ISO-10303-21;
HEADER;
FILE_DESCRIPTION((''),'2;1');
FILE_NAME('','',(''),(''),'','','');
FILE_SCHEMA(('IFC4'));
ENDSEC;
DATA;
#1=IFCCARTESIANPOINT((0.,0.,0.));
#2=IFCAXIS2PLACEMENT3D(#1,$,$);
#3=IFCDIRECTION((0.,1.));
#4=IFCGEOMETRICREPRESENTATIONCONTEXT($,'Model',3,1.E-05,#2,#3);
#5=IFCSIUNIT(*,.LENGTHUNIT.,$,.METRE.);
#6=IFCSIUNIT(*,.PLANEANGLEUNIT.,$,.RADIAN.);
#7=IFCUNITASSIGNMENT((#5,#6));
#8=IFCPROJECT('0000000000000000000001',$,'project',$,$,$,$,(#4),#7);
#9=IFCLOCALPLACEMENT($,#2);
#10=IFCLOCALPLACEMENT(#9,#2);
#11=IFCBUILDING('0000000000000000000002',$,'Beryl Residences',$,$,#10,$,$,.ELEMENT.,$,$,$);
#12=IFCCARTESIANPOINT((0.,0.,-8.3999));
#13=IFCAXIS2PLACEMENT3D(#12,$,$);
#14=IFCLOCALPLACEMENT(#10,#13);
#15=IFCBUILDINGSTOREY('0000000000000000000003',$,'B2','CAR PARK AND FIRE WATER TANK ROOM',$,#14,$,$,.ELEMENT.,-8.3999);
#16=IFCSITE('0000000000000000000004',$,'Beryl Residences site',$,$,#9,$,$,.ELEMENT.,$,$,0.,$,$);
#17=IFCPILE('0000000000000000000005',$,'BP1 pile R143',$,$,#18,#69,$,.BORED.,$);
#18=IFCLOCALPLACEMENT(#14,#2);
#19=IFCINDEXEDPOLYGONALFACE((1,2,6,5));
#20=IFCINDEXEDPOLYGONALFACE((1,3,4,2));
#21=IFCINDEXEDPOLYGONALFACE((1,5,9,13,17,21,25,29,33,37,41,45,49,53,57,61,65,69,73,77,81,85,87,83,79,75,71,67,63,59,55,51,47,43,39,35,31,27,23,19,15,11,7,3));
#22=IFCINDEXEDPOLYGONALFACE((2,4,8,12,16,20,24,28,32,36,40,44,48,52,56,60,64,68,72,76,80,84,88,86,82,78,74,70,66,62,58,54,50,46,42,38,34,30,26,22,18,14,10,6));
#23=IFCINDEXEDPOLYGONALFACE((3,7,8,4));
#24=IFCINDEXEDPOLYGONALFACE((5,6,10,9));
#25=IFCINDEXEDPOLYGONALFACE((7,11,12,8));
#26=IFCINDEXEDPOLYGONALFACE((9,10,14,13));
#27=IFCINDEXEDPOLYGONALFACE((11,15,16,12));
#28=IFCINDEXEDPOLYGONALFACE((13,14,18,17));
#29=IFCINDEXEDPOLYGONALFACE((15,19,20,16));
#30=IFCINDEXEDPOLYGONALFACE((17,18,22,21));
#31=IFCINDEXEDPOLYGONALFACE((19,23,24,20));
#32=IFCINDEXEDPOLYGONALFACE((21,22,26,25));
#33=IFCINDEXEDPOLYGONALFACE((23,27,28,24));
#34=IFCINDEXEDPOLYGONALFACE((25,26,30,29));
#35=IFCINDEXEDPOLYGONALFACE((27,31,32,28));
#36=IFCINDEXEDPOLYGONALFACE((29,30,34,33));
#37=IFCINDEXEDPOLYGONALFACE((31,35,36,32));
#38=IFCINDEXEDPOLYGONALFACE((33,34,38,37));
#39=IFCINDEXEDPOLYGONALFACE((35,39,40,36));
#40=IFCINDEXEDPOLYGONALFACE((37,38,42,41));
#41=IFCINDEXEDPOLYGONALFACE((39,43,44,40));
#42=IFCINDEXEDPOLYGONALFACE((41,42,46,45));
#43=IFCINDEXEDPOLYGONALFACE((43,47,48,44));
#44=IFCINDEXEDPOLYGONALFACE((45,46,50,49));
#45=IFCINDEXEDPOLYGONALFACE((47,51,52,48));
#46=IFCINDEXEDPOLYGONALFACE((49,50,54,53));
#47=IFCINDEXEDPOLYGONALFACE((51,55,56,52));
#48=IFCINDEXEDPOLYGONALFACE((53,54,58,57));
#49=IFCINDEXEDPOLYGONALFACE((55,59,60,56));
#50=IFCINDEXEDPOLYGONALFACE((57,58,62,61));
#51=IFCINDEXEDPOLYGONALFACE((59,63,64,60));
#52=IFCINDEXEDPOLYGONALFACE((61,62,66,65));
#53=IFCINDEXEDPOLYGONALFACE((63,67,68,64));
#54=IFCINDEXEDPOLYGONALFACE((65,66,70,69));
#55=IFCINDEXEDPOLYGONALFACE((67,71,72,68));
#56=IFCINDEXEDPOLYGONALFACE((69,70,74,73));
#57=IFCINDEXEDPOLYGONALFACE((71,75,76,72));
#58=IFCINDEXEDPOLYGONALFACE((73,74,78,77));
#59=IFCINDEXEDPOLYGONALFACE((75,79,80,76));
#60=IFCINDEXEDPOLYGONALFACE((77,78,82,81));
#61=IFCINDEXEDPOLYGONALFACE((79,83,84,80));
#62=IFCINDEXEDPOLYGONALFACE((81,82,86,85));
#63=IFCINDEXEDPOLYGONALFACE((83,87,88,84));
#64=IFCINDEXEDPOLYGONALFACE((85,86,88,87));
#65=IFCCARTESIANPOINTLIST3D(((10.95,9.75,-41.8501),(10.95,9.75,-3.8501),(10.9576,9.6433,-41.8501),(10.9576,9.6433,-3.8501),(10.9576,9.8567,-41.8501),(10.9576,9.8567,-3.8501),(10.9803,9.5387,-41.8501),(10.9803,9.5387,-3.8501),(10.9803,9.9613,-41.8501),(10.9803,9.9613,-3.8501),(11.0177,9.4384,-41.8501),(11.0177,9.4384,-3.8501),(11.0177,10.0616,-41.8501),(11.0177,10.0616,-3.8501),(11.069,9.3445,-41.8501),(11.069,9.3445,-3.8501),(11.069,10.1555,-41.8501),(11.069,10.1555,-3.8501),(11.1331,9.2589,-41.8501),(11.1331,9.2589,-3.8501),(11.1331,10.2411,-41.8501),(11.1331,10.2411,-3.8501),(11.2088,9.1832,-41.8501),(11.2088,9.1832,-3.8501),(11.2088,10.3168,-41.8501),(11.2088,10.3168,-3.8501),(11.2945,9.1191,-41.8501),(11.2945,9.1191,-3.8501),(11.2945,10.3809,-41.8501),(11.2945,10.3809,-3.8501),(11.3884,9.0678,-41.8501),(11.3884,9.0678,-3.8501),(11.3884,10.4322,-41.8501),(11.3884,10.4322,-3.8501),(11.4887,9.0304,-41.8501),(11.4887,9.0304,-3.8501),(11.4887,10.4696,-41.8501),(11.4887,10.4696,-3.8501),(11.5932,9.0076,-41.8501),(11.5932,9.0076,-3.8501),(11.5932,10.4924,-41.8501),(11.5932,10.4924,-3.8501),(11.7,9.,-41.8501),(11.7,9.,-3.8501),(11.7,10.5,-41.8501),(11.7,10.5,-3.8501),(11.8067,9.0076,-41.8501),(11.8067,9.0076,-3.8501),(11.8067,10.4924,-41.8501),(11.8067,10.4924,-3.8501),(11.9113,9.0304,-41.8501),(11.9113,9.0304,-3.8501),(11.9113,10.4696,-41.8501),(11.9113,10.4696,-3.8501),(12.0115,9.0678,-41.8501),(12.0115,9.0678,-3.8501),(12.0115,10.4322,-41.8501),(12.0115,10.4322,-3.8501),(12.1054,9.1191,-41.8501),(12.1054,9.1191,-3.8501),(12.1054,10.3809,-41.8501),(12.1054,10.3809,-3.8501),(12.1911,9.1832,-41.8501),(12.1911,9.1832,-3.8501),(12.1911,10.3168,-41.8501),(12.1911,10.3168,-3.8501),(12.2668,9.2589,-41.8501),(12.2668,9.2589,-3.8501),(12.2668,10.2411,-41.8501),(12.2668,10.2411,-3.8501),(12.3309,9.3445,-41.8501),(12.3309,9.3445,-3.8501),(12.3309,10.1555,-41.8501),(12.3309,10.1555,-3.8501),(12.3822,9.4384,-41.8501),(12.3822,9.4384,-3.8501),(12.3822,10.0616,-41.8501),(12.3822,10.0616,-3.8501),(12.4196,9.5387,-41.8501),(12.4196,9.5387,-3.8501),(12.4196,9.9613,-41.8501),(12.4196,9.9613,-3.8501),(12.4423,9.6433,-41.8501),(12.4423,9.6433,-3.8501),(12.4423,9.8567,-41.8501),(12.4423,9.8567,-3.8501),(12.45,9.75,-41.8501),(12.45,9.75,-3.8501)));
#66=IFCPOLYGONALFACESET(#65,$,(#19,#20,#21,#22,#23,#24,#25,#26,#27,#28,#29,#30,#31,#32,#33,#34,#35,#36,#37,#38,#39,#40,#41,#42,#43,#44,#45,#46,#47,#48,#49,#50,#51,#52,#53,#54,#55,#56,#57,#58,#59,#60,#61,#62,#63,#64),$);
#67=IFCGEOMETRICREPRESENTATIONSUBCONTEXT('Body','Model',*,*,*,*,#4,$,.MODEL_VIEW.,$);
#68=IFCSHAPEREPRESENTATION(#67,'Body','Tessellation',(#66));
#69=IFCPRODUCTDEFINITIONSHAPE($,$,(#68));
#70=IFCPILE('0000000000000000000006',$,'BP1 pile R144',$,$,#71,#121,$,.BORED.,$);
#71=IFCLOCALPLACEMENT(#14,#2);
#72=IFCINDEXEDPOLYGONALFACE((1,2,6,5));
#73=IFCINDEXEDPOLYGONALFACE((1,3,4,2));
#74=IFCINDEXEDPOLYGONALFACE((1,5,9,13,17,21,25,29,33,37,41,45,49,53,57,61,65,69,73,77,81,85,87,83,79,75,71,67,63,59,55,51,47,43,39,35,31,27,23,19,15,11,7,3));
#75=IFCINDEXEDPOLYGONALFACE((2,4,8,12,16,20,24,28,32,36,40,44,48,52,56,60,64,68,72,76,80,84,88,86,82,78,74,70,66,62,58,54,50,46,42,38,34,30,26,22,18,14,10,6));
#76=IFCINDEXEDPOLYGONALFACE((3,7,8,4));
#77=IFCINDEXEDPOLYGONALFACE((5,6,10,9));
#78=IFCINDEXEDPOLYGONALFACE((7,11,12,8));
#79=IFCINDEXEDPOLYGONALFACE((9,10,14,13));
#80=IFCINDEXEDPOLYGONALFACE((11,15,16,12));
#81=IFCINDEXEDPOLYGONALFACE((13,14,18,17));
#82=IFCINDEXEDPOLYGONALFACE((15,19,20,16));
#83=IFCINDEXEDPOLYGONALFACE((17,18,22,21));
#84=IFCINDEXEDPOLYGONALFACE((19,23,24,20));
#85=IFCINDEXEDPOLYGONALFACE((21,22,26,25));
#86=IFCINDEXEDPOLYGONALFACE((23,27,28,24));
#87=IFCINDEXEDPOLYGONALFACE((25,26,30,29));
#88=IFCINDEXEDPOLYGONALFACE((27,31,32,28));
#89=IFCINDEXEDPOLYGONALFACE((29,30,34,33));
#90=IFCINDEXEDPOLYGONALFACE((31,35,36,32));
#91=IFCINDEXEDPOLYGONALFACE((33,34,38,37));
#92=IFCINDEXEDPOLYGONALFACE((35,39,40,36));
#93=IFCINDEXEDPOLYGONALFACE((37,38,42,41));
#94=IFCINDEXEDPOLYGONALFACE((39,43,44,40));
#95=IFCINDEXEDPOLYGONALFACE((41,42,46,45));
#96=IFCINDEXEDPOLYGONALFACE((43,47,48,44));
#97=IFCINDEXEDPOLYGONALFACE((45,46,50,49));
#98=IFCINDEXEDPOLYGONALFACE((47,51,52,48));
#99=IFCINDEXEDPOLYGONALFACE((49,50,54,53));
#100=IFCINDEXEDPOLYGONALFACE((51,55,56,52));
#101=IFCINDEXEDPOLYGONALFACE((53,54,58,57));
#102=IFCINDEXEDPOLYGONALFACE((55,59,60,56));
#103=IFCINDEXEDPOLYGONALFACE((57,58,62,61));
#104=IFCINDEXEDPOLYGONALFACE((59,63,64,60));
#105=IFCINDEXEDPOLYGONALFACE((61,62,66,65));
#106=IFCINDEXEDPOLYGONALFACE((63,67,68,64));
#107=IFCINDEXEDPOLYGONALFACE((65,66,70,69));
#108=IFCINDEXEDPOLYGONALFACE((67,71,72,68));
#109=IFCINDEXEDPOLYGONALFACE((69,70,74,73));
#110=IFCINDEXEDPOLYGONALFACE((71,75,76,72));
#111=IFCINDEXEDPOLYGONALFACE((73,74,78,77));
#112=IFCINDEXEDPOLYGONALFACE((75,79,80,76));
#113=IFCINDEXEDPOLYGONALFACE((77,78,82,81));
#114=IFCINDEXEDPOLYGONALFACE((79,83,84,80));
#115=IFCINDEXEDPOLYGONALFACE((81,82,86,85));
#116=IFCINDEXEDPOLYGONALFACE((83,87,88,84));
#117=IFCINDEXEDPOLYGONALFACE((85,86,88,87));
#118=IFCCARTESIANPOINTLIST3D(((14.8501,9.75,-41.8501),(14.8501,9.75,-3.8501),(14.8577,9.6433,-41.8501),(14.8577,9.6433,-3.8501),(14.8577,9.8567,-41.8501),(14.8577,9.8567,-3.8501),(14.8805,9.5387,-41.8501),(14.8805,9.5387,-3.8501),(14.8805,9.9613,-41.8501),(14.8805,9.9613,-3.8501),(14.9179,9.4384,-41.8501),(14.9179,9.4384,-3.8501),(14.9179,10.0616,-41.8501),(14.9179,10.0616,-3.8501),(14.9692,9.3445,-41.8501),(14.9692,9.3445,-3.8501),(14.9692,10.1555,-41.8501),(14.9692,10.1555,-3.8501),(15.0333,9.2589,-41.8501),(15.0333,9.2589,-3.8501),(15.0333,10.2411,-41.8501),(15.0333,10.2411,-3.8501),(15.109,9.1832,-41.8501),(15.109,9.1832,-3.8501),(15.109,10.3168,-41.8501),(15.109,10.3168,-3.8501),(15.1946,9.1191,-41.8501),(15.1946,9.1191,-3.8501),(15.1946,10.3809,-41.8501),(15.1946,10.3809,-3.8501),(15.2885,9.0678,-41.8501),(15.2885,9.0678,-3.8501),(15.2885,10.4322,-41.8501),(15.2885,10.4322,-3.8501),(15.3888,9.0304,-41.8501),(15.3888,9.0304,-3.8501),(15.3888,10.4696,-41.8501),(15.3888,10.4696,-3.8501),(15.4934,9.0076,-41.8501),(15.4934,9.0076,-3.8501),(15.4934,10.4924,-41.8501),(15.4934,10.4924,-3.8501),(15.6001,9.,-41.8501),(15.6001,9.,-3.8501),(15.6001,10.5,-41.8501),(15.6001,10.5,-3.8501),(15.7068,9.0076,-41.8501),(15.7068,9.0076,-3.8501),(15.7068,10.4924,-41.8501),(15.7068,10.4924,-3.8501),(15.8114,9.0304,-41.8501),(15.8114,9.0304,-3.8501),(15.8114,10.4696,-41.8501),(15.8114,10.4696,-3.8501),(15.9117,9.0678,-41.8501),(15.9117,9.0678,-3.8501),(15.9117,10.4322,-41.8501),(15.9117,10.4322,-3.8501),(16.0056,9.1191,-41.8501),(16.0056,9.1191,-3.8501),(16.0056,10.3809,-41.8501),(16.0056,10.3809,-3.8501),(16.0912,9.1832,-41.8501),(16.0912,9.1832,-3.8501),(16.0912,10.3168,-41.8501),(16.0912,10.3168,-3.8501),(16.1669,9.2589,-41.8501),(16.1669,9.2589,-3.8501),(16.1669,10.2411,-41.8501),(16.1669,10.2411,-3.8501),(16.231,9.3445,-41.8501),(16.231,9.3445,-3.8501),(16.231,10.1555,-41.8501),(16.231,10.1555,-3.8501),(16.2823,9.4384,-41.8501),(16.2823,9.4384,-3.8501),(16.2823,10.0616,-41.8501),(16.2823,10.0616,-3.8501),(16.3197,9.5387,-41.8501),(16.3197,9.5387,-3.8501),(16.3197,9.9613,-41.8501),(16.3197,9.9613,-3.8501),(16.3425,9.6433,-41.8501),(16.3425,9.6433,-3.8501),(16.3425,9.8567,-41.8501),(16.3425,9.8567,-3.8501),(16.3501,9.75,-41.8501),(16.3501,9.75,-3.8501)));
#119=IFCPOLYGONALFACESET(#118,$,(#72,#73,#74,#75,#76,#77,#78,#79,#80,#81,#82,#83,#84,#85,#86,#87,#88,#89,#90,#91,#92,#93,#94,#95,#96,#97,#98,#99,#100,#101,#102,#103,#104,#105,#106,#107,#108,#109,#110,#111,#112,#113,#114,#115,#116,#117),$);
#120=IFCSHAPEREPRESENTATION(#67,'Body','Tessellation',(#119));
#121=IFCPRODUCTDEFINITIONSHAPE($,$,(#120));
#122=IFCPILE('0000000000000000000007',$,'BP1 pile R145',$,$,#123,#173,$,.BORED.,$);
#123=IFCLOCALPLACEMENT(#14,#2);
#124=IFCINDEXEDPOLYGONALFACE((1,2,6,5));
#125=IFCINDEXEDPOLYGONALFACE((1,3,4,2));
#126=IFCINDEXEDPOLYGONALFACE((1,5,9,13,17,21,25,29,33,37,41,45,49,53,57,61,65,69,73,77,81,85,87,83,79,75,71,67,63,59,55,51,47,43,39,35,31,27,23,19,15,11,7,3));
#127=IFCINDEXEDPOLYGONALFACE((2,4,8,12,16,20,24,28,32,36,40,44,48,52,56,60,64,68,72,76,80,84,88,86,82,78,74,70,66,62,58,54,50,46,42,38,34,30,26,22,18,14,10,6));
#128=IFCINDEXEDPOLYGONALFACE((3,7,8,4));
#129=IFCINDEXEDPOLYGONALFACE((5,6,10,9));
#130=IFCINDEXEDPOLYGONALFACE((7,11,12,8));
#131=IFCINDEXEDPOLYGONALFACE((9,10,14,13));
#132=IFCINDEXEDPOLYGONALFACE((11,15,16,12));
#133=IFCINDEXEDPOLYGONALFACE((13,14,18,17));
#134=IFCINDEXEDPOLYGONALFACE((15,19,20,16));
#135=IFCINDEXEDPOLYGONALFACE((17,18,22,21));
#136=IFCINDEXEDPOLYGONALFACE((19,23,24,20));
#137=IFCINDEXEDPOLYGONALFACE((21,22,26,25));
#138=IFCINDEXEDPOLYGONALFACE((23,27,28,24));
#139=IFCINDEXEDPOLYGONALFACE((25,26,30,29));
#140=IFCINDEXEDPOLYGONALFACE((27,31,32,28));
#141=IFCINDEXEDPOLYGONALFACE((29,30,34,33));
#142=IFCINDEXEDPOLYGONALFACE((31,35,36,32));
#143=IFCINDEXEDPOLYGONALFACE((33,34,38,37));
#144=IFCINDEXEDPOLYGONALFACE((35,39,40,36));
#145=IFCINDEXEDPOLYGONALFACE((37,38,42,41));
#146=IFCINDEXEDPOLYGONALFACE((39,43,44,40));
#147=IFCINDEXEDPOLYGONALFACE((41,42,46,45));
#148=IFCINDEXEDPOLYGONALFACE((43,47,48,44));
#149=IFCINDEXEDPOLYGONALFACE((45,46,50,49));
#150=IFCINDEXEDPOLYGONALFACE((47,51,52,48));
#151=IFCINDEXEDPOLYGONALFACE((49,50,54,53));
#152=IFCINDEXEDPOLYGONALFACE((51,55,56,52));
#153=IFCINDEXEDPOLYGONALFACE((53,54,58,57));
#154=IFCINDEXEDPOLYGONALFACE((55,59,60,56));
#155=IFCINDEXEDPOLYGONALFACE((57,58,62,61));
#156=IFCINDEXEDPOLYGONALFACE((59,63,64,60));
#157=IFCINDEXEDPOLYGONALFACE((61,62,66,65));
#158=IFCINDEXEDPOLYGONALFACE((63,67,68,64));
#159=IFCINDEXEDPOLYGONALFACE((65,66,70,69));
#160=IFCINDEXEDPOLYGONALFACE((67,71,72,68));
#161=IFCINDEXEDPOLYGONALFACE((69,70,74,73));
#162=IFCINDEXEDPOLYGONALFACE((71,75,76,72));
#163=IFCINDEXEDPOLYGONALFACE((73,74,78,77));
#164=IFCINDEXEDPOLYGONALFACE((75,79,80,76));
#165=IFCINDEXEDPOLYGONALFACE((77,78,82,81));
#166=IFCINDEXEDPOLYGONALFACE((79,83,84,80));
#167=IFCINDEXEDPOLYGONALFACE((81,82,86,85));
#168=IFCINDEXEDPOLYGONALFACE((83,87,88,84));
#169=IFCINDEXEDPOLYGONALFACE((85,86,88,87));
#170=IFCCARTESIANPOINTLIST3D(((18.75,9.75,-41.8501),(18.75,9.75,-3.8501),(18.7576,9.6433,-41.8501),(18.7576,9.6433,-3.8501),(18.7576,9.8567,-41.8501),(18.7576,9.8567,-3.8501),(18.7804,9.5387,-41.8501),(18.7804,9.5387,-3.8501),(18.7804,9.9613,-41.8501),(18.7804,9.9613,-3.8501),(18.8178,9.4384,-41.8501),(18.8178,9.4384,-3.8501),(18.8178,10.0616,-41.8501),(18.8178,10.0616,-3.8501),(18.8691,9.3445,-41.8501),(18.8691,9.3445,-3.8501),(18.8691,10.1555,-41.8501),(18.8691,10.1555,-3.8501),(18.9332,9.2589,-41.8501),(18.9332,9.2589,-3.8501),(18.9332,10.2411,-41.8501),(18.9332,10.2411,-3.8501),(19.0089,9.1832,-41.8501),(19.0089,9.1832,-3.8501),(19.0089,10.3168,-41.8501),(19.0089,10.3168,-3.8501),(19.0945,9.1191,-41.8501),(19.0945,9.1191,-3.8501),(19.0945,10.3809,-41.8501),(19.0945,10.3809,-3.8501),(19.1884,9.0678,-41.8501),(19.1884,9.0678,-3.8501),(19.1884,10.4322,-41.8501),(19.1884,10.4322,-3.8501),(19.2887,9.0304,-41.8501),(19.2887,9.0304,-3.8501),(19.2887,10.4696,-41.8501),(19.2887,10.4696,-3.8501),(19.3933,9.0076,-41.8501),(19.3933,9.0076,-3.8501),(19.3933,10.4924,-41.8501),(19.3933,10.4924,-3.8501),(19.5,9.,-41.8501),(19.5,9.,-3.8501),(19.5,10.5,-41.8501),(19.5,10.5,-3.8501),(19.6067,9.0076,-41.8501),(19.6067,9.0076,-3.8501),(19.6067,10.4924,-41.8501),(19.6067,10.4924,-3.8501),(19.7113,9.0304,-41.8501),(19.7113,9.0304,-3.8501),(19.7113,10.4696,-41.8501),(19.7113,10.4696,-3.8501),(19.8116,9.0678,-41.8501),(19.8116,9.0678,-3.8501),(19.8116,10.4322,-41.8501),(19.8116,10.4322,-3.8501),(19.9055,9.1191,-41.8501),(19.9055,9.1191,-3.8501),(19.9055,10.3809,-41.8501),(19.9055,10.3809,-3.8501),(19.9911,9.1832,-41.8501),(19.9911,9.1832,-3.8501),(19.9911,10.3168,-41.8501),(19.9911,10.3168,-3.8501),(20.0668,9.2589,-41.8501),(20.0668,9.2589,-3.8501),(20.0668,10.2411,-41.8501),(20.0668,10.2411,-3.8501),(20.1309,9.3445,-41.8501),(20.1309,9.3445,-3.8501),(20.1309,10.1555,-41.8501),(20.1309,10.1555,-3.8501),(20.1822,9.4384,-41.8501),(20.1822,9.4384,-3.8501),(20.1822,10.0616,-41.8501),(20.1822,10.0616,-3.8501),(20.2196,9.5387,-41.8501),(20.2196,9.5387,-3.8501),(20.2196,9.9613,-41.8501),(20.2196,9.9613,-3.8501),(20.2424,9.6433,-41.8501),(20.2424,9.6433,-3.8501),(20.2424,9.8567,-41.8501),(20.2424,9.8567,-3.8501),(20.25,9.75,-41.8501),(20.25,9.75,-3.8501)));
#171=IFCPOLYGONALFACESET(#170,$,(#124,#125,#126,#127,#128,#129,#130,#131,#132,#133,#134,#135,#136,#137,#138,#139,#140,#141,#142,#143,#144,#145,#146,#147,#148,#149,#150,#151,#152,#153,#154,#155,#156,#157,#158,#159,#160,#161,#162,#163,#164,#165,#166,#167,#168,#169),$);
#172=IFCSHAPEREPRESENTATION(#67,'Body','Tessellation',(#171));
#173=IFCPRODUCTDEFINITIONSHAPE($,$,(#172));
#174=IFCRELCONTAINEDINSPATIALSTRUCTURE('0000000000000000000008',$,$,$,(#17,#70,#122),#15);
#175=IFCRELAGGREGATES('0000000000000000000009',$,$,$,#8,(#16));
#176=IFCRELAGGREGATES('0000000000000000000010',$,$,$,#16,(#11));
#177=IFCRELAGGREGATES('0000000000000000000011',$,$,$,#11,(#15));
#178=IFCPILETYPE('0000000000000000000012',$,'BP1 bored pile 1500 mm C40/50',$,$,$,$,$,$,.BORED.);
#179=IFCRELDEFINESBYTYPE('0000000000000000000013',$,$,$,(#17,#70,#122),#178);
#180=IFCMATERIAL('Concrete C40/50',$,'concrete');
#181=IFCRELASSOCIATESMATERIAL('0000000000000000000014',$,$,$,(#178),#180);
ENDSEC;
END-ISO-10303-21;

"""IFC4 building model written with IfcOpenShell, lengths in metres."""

from ifc_helpers import new_model, si_unit, direction, frame, origin, origin_2d, place, context, subcontext, project, spatial, circle, extrude, material, material_profile, profile_set, type_object, element, save


model = new_model("IFC4")

# Units and contexts
model_context = context("Model", 3, precision=1e-05, world=origin(), true_north=direction((0.0, 1.0)))
body_context = subcontext(model_context, "Body", "Model", "MODEL_VIEW")
ifc_project = project(units=[si_unit("LENGTHUNIT", "METRE"), si_unit("PLANEANGLEUNIT", "RADIAN")], contexts=[model_context])

# Site, building, storey
site_placement = place(None, origin())
site = spatial("IfcSite", under=ifc_project, at=site_placement, Name="Beryl Residences site", CompositionType="ELEMENT", RefElevation=0.0)
building_placement = place(site_placement, origin())
building = spatial("IfcBuilding", under=site, at=building_placement, Name="Beryl Residences", CompositionType="ELEMENT")
storey_placement = place(building_placement, frame((0.0, 0.0, -8.3999)))
storey = spatial("IfcBuildingStorey", under=building, at=storey_placement, Name="B2", Description="CAR PARK AND FIRE WATER TANK ROOM", CompositionType="ELEMENT", Elevation=-8.3999)

# Piles
ifc_material_1 = material(Name="Concrete C40/50", Category="concrete")
ifc_material_profile_1 = material_profile(ifc_material_1, circle(Radius=0.75, at=origin_2d()))
ifc_profile_set_1 = profile_set([ifc_material_profile_1], Name="Concrete C40/50")
pile_type = type_object("IfcPileType", Name="BP1 bored pile 1500 mm C40/50", PredefinedType="BORED", material=ifc_profile_set_1)
for number, where, z_axis, x_axis, name in (
    (1, (11.7, 9.75, -3.8501), (0.0, 0.0, -1.0), (1.0, 0.0, 0.0), "BP1 pile R143"),
    (2, (15.6001, 9.75, -3.8501), (0.0, 0.0, -1.0), (1.0, 0.0, 0.0), "BP1 pile R144"),
    (3, (19.5, 9.75, -3.8501), (0.0, 0.0, -1.0), (1.0, 0.0, 0.0), "BP1 pile R145"),
):
    element("IfcPile", number, at=place(storey_placement, frame(where, z_axis=z_axis, x_axis=x_axis)), inside=storey, type_object=pile_type, Name=name, PredefinedType="BORED", context=body_context, shape_type="SweptSolid", body=[
        extrude(circle(Radius=0.75, at=origin_2d()), origin(), (0.0, 0.0, 1.0), 38.0),
    ])

save(model, "model.ifc")
